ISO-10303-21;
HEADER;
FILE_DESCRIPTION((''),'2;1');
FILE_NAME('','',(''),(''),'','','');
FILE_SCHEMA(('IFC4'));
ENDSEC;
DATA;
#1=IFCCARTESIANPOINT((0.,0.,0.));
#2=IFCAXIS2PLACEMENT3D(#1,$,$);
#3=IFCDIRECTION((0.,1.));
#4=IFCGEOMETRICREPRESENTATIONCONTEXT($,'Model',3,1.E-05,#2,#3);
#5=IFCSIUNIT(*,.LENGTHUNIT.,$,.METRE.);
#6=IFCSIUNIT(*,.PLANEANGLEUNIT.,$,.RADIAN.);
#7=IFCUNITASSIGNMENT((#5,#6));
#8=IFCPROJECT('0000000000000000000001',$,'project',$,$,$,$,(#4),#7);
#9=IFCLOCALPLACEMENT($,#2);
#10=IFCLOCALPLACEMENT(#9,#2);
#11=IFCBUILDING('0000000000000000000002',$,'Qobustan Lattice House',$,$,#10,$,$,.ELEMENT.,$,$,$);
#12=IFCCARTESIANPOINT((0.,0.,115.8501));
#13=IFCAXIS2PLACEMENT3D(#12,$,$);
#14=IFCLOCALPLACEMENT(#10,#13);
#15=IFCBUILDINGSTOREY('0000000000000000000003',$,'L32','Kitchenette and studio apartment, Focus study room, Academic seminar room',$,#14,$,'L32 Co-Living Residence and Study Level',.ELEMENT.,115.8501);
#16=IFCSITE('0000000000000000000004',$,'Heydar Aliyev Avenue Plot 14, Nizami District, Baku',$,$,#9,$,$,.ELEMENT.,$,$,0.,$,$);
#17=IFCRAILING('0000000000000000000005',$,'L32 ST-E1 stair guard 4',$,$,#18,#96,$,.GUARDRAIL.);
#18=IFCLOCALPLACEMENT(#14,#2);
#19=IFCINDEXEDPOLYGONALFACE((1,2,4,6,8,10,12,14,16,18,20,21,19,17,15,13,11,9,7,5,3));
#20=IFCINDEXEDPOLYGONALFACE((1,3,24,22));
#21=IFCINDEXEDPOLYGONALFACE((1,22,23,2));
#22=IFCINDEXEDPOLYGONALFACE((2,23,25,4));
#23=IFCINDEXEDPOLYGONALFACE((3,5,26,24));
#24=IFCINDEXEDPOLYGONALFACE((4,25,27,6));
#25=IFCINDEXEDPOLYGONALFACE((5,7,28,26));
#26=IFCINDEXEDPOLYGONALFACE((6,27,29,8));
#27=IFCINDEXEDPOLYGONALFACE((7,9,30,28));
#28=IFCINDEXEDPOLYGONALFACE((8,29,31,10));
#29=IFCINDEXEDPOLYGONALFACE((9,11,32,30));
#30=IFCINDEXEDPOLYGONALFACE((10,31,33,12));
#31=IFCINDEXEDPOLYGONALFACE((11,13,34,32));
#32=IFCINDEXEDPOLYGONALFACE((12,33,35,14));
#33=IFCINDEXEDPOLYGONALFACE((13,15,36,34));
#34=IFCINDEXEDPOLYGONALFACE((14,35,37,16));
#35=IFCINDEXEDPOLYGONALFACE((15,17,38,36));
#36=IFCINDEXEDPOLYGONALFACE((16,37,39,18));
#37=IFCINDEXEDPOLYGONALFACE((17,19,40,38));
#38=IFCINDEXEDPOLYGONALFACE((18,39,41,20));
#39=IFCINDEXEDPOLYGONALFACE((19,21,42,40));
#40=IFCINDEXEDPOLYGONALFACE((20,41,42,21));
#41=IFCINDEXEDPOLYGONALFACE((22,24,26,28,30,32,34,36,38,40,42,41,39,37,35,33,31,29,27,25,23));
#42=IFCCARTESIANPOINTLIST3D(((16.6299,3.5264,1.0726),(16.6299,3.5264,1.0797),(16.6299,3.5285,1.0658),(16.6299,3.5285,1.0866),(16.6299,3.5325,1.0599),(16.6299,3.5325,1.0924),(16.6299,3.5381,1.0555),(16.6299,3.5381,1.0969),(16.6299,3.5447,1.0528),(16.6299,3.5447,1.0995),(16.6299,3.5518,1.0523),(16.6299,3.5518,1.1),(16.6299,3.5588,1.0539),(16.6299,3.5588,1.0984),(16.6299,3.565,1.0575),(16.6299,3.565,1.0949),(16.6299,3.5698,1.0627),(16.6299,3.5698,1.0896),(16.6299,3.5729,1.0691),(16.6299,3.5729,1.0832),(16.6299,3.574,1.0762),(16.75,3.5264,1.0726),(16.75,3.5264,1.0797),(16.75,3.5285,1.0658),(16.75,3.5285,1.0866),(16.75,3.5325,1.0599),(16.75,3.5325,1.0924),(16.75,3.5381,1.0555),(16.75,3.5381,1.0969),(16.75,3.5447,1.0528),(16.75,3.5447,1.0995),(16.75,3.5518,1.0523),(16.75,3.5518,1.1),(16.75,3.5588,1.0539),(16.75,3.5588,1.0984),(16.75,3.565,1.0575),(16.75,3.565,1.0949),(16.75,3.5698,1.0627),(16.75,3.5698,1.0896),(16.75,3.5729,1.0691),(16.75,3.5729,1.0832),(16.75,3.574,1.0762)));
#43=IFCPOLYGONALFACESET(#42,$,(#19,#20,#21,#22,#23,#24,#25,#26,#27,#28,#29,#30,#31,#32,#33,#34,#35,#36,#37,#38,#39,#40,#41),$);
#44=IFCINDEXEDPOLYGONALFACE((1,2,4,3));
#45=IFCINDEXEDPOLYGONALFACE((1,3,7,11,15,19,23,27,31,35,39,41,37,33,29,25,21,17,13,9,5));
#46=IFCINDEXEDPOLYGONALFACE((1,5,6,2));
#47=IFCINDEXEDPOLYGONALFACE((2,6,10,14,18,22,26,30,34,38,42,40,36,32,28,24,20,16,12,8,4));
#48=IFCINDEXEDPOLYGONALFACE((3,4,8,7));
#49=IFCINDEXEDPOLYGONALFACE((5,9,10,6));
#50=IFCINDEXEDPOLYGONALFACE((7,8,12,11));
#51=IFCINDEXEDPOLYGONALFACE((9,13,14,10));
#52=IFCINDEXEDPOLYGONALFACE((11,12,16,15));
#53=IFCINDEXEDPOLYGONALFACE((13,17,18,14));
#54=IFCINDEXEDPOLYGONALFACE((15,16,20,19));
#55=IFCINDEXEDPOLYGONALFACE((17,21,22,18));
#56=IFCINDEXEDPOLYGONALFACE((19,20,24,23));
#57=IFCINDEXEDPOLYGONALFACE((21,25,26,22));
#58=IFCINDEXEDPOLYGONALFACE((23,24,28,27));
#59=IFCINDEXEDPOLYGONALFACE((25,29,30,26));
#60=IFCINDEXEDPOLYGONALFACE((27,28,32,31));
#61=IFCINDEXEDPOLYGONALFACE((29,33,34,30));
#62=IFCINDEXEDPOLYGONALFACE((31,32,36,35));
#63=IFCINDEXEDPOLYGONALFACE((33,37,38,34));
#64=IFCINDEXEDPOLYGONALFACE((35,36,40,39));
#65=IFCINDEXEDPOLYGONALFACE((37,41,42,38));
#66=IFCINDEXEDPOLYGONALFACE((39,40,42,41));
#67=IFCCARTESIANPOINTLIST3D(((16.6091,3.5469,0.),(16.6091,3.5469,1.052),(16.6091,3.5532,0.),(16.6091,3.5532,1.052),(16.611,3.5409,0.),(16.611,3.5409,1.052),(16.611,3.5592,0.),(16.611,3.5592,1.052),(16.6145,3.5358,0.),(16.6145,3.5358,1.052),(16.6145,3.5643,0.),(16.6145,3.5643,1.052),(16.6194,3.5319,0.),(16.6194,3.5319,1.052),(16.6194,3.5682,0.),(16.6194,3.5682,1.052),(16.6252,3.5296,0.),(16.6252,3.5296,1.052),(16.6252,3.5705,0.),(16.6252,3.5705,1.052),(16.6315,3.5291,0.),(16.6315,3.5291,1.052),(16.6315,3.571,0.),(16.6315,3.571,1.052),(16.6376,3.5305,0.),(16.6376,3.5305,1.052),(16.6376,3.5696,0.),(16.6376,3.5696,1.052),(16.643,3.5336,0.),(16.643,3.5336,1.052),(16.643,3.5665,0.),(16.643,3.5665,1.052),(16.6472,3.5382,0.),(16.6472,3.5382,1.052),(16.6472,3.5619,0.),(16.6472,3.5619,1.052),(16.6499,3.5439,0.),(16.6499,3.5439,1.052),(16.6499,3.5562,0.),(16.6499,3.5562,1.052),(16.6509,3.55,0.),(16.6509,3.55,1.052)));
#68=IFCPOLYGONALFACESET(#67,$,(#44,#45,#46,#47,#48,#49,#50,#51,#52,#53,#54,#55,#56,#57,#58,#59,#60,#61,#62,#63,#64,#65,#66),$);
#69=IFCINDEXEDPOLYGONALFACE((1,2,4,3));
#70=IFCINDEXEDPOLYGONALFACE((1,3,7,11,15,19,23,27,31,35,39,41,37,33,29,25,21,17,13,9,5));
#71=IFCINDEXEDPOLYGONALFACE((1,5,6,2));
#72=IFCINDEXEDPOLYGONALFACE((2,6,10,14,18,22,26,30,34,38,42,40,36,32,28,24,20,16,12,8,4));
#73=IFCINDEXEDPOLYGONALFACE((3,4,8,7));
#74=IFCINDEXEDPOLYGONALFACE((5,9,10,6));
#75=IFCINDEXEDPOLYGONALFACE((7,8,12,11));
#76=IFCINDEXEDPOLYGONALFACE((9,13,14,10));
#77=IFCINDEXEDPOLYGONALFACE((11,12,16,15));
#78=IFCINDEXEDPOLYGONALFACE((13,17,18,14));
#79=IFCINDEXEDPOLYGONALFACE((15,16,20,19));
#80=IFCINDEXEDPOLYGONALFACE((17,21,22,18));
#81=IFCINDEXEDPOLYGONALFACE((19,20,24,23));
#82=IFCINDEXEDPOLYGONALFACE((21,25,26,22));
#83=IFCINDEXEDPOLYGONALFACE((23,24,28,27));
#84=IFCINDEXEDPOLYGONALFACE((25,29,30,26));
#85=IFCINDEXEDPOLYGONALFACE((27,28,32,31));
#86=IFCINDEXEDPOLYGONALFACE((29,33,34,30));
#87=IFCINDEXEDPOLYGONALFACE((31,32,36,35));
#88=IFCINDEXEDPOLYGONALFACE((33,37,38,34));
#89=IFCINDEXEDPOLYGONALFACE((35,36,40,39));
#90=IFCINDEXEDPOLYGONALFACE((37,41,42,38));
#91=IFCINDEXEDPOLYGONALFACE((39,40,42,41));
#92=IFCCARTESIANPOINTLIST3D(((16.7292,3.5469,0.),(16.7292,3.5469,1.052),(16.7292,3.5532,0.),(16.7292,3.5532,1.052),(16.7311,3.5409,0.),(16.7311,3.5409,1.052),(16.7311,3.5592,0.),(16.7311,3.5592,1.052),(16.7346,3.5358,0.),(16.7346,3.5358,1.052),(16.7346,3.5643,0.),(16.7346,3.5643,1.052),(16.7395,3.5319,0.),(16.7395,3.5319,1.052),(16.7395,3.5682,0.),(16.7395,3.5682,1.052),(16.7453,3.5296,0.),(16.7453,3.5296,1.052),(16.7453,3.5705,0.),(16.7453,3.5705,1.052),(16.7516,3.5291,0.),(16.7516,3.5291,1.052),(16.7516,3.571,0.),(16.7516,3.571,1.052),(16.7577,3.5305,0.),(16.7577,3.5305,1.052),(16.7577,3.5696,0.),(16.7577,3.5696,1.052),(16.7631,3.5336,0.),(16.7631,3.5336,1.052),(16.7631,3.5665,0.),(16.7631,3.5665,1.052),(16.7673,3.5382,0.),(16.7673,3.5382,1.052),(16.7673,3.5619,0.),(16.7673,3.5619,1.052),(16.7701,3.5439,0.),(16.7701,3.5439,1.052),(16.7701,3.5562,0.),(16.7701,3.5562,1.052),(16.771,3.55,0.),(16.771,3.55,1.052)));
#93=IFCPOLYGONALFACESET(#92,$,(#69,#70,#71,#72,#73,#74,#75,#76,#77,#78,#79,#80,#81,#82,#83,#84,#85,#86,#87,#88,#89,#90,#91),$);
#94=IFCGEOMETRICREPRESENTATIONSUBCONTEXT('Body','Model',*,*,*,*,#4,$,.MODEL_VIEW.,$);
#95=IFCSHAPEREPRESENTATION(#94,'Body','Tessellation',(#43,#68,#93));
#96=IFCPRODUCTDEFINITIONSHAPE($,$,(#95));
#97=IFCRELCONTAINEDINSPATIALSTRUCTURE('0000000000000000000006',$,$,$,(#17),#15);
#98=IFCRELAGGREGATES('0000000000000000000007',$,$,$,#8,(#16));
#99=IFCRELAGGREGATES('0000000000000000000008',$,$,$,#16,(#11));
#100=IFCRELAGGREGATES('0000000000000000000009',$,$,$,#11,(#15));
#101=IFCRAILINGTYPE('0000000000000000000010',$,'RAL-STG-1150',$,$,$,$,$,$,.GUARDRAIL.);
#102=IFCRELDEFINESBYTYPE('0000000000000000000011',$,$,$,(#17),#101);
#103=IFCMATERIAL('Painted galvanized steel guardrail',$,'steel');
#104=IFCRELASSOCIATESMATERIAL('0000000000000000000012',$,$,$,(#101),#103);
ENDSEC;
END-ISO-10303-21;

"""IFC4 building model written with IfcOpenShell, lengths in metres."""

from ifc_helpers import new_model, si_unit, direction, frame, origin, origin_2d, place, context, subcontext, project, spatial, circle, extrude, material, type_object, element, save


model = new_model("IFC4")

# Units and contexts
model_context = context("Model", 3, precision=1e-05, world=origin(), true_north=direction((0.0, 1.0)))
body_context = subcontext(model_context, "Body", "Model", "MODEL_VIEW")
ifc_project = project(units=[si_unit("LENGTHUNIT", "METRE"), si_unit("PLANEANGLEUNIT", "RADIAN")], contexts=[model_context])

# Site, building, storey
site_placement = place(None, origin())
site = spatial("IfcSite", under=ifc_project, at=site_placement, Name="Heydar Aliyev Avenue Plot 14, Nizami District, Baku", CompositionType="ELEMENT", RefElevation=0.0)
building_placement = place(site_placement, origin())
building = spatial("IfcBuilding", under=site, at=building_placement, Name="Qobustan Lattice House", CompositionType="ELEMENT")
storey_placement = place(building_placement, frame((0.0, 0.0, 115.8501)))
storey = spatial("IfcBuildingStorey", under=building, at=storey_placement, Name="L32", Description="Kitchenette and studio apartment, Focus study room, Academic seminar room", LongName="L32 Co-Living Residence and Study Level", CompositionType="ELEMENT", Elevation=115.8501)

# Railing
ifc_material_1 = material(Name="Painted galvanized steel guardrail", Category="steel")
railing_type_1 = type_object("IfcRailingType", Name="RAL-STG-1150", PredefinedType="GUARDRAIL", material=ifc_material_1)
railing_1_placement = place(storey_placement, frame((16.6299, 3.55, 0.0)))
element("IfcRailing", 1, at=railing_1_placement, inside=storey, type_object=railing_type_1, Name="L32 ST-E1 stair guard 4", PredefinedType="GUARDRAIL", context=body_context, shape_type="SweptSolid", body=[
    extrude(circle(Radius=0.0239, at=origin_2d()), frame((0.0, 0.0, 1.0762), z_axis=(1.0, 0.0, 0.0), x_axis=(0.0, 1.0, 0.0)), (0.0, 0.0, 1.0), 0.1201),
    extrude(circle(Radius=0.021, at=origin_2d()), origin(), (0.0, 0.0, 1.0), 1.052),
    extrude(circle(Radius=0.021, at=origin_2d()), frame((0.1201, 0.0, 0.0)), (0.0, 0.0, 1.0), 1.052),
])

save(model, "model.ifc")
